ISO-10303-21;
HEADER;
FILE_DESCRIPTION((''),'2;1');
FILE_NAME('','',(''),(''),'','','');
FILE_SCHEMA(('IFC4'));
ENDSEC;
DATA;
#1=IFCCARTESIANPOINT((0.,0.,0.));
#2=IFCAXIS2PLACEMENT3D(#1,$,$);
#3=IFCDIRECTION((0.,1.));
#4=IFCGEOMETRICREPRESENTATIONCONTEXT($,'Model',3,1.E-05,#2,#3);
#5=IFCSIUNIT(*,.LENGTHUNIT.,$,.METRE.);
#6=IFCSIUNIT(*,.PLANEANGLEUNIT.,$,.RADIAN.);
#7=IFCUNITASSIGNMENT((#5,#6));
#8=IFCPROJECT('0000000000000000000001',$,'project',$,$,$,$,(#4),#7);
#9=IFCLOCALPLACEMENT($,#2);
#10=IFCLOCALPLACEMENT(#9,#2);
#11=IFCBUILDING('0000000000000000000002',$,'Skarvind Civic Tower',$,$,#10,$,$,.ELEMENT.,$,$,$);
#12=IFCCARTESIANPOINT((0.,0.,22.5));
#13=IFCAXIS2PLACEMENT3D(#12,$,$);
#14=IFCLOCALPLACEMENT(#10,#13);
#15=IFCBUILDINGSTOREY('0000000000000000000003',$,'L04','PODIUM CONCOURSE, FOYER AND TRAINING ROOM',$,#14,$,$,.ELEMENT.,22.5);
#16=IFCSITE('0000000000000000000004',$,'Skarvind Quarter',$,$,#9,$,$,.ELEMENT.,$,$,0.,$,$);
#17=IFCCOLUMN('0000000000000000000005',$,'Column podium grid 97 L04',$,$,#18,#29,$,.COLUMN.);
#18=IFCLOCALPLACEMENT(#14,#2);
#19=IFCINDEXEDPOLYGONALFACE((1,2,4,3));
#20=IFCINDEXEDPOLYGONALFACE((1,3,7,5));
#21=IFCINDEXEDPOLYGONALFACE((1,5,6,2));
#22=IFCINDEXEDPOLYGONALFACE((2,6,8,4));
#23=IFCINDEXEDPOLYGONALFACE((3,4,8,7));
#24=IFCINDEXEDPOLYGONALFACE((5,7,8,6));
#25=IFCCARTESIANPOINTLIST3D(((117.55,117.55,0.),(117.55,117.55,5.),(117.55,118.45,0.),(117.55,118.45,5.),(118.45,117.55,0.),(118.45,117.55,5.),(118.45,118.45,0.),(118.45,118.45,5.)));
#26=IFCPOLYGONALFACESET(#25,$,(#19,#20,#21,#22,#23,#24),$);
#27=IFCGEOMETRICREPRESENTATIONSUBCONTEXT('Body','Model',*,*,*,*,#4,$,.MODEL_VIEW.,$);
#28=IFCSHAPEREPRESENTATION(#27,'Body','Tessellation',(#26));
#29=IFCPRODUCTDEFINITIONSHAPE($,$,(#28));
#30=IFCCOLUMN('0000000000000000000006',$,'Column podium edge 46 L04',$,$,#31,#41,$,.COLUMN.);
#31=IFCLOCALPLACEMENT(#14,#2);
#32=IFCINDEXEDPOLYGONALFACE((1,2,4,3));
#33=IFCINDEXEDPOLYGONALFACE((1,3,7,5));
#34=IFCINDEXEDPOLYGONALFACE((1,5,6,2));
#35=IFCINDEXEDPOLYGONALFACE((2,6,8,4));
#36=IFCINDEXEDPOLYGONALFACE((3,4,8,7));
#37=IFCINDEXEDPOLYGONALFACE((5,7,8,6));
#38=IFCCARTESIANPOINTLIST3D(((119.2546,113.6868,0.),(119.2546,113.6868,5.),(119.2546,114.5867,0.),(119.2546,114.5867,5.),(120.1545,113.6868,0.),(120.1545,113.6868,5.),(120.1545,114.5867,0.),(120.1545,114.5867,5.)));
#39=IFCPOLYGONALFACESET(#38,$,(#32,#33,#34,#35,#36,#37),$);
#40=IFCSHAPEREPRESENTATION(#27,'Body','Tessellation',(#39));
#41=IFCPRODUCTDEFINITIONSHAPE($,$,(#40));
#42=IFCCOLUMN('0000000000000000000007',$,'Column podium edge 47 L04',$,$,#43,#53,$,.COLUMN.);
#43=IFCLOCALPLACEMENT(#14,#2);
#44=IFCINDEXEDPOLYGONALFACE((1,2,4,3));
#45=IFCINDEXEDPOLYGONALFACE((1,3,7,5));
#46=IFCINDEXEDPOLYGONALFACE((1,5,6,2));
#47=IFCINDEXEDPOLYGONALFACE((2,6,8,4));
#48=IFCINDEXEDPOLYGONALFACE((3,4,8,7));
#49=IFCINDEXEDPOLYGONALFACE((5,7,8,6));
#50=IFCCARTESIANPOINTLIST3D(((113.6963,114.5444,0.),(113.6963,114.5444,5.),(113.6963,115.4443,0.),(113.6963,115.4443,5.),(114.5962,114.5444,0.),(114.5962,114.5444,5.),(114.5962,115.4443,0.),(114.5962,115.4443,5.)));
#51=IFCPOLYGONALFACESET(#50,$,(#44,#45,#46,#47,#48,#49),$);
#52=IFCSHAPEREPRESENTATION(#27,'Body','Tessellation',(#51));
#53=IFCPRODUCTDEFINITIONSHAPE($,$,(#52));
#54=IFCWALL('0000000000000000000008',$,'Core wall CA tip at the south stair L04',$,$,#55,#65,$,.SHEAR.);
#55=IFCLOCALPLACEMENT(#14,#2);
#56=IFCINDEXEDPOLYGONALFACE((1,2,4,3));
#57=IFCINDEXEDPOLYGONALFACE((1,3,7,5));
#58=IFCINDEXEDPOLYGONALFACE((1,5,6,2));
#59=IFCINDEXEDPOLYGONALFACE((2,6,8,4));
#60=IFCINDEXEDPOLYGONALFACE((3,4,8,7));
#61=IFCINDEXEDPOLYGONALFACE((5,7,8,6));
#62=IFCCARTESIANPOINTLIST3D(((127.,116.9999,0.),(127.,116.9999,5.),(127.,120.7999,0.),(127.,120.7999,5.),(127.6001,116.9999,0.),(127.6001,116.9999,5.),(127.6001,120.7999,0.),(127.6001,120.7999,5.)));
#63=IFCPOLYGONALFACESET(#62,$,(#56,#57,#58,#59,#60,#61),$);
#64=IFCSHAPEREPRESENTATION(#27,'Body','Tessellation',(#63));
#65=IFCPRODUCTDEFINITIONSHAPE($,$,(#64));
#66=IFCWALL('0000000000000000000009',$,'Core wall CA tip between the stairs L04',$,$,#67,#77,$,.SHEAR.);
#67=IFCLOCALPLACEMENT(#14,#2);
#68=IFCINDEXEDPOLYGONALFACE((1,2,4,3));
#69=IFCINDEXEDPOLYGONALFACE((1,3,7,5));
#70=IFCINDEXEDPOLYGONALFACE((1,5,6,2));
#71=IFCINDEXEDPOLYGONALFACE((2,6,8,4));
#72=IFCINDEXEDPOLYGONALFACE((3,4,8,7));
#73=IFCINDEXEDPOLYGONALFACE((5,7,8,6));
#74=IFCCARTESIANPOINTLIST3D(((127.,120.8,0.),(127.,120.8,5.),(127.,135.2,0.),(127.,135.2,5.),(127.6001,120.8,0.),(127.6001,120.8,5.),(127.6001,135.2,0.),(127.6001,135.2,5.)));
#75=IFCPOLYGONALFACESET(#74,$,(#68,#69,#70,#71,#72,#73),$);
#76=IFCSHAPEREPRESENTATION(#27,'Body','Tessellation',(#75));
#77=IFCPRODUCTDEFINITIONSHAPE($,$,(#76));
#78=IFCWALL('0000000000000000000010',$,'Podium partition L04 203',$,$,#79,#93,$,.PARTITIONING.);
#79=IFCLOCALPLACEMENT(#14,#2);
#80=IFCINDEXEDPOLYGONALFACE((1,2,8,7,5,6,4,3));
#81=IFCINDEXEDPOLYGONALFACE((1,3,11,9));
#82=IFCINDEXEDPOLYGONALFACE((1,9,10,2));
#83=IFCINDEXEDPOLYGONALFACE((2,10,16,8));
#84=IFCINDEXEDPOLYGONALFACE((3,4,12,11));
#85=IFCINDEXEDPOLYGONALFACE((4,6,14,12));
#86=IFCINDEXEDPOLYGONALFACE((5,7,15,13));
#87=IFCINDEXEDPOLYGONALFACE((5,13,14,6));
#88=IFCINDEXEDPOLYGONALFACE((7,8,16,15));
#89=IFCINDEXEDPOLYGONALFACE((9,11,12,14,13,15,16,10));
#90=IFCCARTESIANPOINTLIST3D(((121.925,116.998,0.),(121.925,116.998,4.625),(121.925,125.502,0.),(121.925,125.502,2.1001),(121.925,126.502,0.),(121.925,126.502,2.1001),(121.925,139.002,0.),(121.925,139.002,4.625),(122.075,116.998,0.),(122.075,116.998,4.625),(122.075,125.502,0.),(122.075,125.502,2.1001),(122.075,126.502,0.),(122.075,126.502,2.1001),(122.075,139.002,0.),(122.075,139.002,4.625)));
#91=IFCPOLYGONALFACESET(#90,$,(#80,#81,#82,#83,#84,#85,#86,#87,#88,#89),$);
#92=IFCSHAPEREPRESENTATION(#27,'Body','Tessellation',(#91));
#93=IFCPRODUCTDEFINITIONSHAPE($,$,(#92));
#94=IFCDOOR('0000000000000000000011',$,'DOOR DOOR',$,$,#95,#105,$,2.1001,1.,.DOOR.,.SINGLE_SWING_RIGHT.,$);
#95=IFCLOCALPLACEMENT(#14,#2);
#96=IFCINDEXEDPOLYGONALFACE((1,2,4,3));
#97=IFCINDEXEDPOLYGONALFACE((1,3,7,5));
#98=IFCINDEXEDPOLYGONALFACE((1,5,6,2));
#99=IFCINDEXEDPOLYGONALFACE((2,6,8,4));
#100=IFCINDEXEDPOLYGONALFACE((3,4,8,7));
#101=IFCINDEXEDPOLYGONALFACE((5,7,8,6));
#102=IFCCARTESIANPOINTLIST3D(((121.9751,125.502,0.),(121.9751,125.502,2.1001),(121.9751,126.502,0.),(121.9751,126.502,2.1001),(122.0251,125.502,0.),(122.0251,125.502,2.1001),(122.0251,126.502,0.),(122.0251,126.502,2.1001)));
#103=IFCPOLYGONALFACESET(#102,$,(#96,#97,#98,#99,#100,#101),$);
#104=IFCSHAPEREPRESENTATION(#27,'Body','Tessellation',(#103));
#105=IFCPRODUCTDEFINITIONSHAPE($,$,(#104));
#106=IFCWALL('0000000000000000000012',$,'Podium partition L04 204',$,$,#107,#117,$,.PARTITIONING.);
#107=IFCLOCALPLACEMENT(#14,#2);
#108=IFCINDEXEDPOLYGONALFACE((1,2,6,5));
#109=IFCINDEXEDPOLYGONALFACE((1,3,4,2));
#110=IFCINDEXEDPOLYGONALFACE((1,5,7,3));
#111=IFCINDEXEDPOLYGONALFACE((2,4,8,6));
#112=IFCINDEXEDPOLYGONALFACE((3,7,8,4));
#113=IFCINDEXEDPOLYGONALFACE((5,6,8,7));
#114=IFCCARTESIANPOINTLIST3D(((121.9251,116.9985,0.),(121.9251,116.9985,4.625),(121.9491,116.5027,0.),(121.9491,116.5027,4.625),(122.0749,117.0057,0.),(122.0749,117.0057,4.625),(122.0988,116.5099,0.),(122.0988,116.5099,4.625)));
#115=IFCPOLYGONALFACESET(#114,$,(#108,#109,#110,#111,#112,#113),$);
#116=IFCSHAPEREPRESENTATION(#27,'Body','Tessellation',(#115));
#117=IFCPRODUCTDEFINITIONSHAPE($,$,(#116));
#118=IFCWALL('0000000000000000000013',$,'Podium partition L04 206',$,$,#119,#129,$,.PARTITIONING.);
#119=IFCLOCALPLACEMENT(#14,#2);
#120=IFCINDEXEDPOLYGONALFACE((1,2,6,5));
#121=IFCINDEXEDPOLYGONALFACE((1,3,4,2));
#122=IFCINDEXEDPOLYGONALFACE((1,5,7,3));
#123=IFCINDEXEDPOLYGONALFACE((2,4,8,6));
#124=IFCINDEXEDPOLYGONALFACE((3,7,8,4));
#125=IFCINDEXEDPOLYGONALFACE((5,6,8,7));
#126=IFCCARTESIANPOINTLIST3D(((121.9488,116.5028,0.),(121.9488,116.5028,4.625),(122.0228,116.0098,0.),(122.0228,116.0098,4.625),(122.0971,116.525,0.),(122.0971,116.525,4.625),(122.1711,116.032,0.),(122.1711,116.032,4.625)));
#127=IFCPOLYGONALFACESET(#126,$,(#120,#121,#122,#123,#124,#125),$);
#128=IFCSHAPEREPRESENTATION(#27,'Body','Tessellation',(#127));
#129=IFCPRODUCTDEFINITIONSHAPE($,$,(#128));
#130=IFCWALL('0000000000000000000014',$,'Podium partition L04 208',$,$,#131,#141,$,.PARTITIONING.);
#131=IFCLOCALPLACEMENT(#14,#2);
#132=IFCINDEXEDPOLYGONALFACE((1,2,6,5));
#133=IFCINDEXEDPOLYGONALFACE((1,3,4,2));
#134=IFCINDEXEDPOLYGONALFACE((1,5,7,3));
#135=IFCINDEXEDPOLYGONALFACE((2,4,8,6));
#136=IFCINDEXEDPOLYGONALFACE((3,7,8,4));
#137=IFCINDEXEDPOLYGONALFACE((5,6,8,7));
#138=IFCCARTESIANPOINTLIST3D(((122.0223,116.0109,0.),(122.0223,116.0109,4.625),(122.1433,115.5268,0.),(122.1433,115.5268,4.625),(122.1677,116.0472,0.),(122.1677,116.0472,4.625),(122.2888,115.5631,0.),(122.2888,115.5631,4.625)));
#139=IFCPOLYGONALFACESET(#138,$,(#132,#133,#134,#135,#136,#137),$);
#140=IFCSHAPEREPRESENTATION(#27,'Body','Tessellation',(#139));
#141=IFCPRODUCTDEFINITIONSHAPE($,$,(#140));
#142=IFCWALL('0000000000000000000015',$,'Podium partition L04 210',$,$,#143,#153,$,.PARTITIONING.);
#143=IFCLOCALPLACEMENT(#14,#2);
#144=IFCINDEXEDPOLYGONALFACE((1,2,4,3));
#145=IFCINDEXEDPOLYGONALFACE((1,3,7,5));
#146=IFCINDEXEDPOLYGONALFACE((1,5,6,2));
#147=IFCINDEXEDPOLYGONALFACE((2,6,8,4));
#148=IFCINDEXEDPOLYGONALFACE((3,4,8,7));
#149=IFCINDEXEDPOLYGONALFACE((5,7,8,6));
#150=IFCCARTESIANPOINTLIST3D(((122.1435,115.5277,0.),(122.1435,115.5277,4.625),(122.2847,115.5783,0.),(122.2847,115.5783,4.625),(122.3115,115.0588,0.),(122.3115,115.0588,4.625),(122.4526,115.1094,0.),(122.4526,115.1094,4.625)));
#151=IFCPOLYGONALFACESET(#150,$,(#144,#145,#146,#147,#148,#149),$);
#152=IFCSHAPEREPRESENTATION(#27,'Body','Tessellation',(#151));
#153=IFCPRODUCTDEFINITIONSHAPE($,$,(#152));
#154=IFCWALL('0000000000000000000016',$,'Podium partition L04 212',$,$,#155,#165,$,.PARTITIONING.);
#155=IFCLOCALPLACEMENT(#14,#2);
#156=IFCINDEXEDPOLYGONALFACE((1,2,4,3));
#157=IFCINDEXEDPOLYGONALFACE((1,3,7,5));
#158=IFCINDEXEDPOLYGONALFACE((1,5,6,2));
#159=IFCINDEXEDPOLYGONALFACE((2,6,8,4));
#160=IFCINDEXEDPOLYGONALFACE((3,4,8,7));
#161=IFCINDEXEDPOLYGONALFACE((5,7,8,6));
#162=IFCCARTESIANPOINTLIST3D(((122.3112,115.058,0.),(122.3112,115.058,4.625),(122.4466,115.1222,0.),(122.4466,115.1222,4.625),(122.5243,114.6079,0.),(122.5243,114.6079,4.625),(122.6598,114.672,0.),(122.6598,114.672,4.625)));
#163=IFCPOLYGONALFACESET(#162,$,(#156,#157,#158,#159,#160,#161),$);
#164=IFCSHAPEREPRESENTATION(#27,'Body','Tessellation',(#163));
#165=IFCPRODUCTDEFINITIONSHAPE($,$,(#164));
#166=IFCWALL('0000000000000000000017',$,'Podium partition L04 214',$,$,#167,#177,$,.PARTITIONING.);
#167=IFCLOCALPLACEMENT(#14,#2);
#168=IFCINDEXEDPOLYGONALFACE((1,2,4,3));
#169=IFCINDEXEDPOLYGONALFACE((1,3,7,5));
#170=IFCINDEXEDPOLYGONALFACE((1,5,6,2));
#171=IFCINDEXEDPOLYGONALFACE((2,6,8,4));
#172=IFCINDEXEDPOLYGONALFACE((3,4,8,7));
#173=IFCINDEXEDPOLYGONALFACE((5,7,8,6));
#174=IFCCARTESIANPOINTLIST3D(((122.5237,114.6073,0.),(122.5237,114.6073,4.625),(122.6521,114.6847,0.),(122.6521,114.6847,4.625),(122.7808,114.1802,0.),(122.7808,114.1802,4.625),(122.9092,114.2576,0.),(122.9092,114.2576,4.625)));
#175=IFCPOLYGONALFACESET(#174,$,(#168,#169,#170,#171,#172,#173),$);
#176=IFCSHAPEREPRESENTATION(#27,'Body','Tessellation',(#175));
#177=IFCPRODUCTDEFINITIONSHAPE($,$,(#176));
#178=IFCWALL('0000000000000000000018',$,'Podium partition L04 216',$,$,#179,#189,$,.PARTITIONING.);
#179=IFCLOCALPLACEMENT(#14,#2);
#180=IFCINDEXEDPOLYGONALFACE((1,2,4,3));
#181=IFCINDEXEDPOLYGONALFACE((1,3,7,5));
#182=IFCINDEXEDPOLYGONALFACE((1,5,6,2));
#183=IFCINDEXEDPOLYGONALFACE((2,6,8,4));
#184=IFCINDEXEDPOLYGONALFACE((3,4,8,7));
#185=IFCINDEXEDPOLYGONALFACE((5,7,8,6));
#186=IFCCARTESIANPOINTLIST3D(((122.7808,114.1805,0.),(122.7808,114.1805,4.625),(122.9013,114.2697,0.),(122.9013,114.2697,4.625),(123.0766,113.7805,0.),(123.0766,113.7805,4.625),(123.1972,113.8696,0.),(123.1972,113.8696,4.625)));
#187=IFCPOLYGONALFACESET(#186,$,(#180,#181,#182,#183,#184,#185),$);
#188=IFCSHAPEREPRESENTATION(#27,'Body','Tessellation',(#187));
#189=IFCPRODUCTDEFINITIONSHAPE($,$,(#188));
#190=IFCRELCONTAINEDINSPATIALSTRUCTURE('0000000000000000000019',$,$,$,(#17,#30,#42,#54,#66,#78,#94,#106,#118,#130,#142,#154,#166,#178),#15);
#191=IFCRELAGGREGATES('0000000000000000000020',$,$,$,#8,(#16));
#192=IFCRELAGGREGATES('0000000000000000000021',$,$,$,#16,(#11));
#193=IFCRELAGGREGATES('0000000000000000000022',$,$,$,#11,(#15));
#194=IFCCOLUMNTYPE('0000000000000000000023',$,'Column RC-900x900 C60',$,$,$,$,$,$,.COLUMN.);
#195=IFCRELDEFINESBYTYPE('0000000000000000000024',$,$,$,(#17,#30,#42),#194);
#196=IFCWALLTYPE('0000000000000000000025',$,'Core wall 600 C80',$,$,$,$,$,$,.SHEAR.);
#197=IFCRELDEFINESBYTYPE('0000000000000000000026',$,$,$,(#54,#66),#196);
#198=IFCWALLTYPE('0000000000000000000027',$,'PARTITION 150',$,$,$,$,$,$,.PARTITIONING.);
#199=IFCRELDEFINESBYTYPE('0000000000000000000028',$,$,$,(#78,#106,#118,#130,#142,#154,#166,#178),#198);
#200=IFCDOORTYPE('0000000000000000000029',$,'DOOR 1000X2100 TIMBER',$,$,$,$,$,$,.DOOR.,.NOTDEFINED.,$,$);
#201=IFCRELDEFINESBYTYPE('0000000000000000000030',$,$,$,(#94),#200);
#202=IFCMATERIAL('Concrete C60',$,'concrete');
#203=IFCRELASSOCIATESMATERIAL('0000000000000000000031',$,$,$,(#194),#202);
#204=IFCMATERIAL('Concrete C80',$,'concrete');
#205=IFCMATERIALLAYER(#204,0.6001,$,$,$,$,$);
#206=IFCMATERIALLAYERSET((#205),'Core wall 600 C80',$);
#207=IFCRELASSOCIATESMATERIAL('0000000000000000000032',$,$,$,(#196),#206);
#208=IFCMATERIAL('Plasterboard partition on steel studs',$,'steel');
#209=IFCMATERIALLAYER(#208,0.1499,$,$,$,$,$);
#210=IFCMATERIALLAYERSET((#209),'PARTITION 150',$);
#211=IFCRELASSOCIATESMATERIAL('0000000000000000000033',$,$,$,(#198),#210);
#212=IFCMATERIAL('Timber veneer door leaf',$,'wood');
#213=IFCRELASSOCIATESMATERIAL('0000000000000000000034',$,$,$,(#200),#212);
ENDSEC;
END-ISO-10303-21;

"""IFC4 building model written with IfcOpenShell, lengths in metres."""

from ifc_helpers import new_model, si_unit, direction, frame, frame_2d, origin, origin_2d, place, context, subcontext, project, spatial, rectangle, extrude, material, layer, layer_set, material_profile, profile_set, type_object, element, fill, save


model = new_model("IFC4")

# Units and contexts
model_context = context("Model", 3, precision=1e-05, world=origin(), true_north=direction((0.0, 1.0)))
body_context = subcontext(model_context, "Body", "Model", "MODEL_VIEW")
ifc_project = project(units=[si_unit("LENGTHUNIT", "METRE"), si_unit("PLANEANGLEUNIT", "RADIAN")], contexts=[model_context])

# Site, building, storey
site_placement = place(None, origin())
site = spatial("IfcSite", under=ifc_project, at=site_placement, Name="Skarvind Quarter", CompositionType="ELEMENT", RefElevation=0.0)
building_placement = place(site_placement, origin())
building = spatial("IfcBuilding", under=site, at=building_placement, Name="Skarvind Civic Tower", CompositionType="ELEMENT")
storey_placement = place(building_placement, frame((0.0, 0.0, 22.5)))
storey = spatial("IfcBuildingStorey", under=building, at=storey_placement, Name="L04", Description="PODIUM CONCOURSE, FOYER AND TRAINING ROOM", CompositionType="ELEMENT", Elevation=22.5)

# Columns
ifc_material_1 = material(Name="Concrete C60", Category="concrete")
ifc_material_profile = material_profile(ifc_material_1, rectangle(XDim=0.8999, YDim=0.8999, at=origin_2d()), Name="RC-900x900")
ifc_profile_set = profile_set([ifc_material_profile], Name="Concrete C60")
column_type = type_object("IfcColumnType", Name="Column RC-900x900 C60", PredefinedType="COLUMN", material=ifc_profile_set)
for number, where, z_axis, x_axis, name in (
    (1, (118.0, 118.0, 0.0), (0.0, 0.0, 1.0), (1.0, 0.0, 0.0), "Column podium grid 97 L04"),
    (2, (119.7046, 114.1367, 0.0), (0.0, 0.0, 1.0), (1.0, 0.0, 0.0), "Column podium edge 46 L04"),
    (3, (114.1462, 114.9944, 0.0), (0.0, 0.0, 1.0), (1.0, 0.0, 0.0), "Column podium edge 47 L04"),
):
    element("IfcColumn", number, at=place(storey_placement, frame(where, z_axis=z_axis, x_axis=x_axis)), inside=storey, type_object=column_type, Name=name, PredefinedType="COLUMN", context=body_context, shape_type="SweptSolid", body=[
        extrude(rectangle(XDim=0.8999, YDim=0.8999, at=origin_2d()), origin(), (0.0, 0.0, 1.0), 5.0),
    ])

# Walls
ifc_material_2 = material(Name="Concrete C80", Category="concrete")
ifc_layer_1 = layer(ifc_material_2, 0.6001)
ifc_layer_set_1 = layer_set([ifc_layer_1], Name="Core wall 600 C80")
wall_type_1 = type_object("IfcWallType", Name="Core wall 600 C80", PredefinedType="SHEAR", material=ifc_layer_set_1)
wall_1_placement = place(storey_placement, frame((127.3, 117.0, 0.0), z_axis=(0.0, 0.0, 1.0), x_axis=(0.0, 1.0, 0.0)))
element("IfcWall", 4, at=wall_1_placement, inside=storey, type_object=wall_type_1, Name="Core wall CA tip at the south stair L04", PredefinedType="SHEAR", context=body_context, shape_type="SweptSolid", body=[
    extrude(rectangle(XDim=3.8, YDim=0.6001, at=frame_2d((1.8999, 0.0))), origin(), (0.0, 0.0, 1.0), 5.0),
])
wall_2_placement = place(storey_placement, frame((127.3, 120.8, 0.0), z_axis=(0.0, 0.0, 1.0), x_axis=(0.0, 1.0, 0.0)))
element("IfcWall", 5, at=wall_2_placement, inside=storey, type_object=wall_type_1, Name="Core wall CA tip between the stairs L04", PredefinedType="SHEAR", context=body_context, shape_type="SweptSolid", body=[
    extrude(rectangle(XDim=14.3999, YDim=0.6001, at=frame_2d((7.2, 0.0))), origin(), (0.0, 0.0, 1.0), 5.0),
])

# Wall, opening, door
ifc_material_3 = material(Name="Plasterboard partition on steel studs", Category="steel")
ifc_layer_2 = layer(ifc_material_3, 0.1499)
ifc_layer_set_2 = layer_set([ifc_layer_2], Name="PARTITION 150")
wall_type_2 = type_object("IfcWallType", Name="PARTITION 150", PredefinedType="PARTITIONING", material=ifc_layer_set_2)
wall_3_placement = place(storey_placement, frame((122.0, 116.998, 0.0), z_axis=(0.0, 0.0, 1.0), x_axis=(0.0, 1.0, 0.0)))
wall_3 = element("IfcWall", 6, at=wall_3_placement, inside=storey, type_object=wall_type_2, Name="Podium partition L04 203", PredefinedType="PARTITIONING", context=body_context, shape_type="SweptSolid", body=[
    extrude(rectangle(XDim=22.0039, YDim=0.1499, at=frame_2d((11.002, 0.0))), origin(), (0.0, 0.0, 1.0), 4.625),
])
opening_placement = place(wall_3_placement, frame((8.5039, 0.0, 0.0)))
opening = element("IfcOpeningElement", 7, at=opening_placement, cuts=wall_3, PredefinedType="OPENING", context=body_context, shape_type="SweptSolid", body=[
    extrude(rectangle(XDim=1.0, YDim=2.1001, at=frame_2d((0.5, 1.05))), frame((0.0, 0.085, 0.0), z_axis=(0.0, -1.0, 0.0), x_axis=(1.0, 0.0, 0.0)), (0.0, 0.0, 1.0), 0.1699),
])
ifc_material_4 = material(Name="Timber veneer door leaf", Category="wood")
door_type = type_object("IfcDoorType", Name="DOOR 1000X2100 TIMBER", OperationType="NOTDEFINED", PredefinedType="DOOR", material=ifc_material_4)
door_placement = place(opening_placement, origin())
door = element("IfcDoor", 8, at=door_placement, inside=storey, type_object=door_type, Name="DOOR DOOR", OperationType="SINGLE_SWING_RIGHT", OverallHeight=2.1001, OverallWidth=1.0, PredefinedType="DOOR", context=body_context, shape_type="SweptSolid", body=[
    extrude(rectangle(XDim=1.0, YDim=2.1001, at=frame_2d((0.5, 1.05))), frame((0.0, 0.0249, 0.0), z_axis=(0.0, -1.0, 0.0), x_axis=(1.0, 0.0, 0.0)), (0.0, 0.0, 1.0), 0.05),
])
fill(opening, door)

# Walls
wall_4_placement = place(storey_placement, frame((122.0, 117.002, 0.0), z_axis=(0.0, 0.0, 1.0), x_axis=(0.048196, -0.998838, 0.0)))
element("IfcWall", 9, at=wall_4_placement, inside=storey, type_object=wall_type_2, Name="Podium partition L04 204", PredefinedType="PARTITIONING", context=body_context, shape_type="SweptSolid", body=[
    extrude(rectangle(XDim=0.4963, YDim=0.1499, at=frame_2d((0.248, 0.0))), origin(), (0.0, 0.0, 1.0), 4.625),
])
wall_5_placement = place(storey_placement, frame((122.0229, 116.5139, 0.0), z_axis=(0.0, 0.0, 1.0), x_axis=(0.148412, -0.988926, 0.0)))
element("IfcWall", 10, at=wall_5_placement, inside=storey, type_object=wall_type_2, Name="Podium partition L04 206", PredefinedType="PARTITIONING", context=body_context, shape_type="SweptSolid", body=[
    extrude(rectangle(XDim=0.4985, YDim=0.1499, at=frame_2d((0.2493, 0.0))), origin(), (0.0, 0.0, 1.0), 4.625),
])
wall_6_placement = place(storey_placement, frame((122.095, 116.0291, 0.0), z_axis=(0.0, 0.0, 1.0), x_axis=(0.242651, -0.970114, 0.0)))
element("IfcWall", 11, at=wall_6_placement, inside=storey, type_object=wall_type_2, Name="Podium partition L04 208", PredefinedType="PARTITIONING", context=body_context, shape_type="SweptSolid", body=[
    extrude(rectangle(XDim=0.499, YDim=0.1499, at=frame_2d((0.2495, 0.0))), origin(), (0.0, 0.0, 1.0), 4.625),
])
for number, where, z_axis, x_axis, name in (
    (12, (122.2141, 115.553, 0.0), (0.0, 0.0, 1.0), (0.337174, -0.941442, 0.0), "Podium partition L04 210"),
    (13, (122.3789, 115.0901, 0.0), (0.0, 0.0, 1.0), (0.427897, -0.903828, 0.0), "Podium partition L04 212"),
):
    element("IfcWall", number, at=place(storey_placement, frame(where, z_axis=z_axis, x_axis=x_axis)), inside=storey, type_object=wall_type_2, Name=name, PredefinedType="PARTITIONING", context=body_context, shape_type="SweptSolid", body=[
        extrude(rectangle(XDim=0.498, YDim=0.1499, at=frame_2d((0.249, 0.0))), origin(), (0.0, 0.0, 1.0), 4.625),
    ])
wall_7_placement = place(storey_placement, frame((122.5879, 114.646, 0.0), z_axis=(0.0, 0.0, 1.0), x_axis=(0.515792, -0.856714, 0.0)))
element("IfcWall", 14, at=wall_7_placement, inside=storey, type_object=wall_type_2, Name="Podium partition L04 214", PredefinedType="PARTITIONING", context=body_context, shape_type="SweptSolid", body=[
    extrude(rectangle(XDim=0.4985, YDim=0.1499, at=frame_2d((0.2493, 0.0))), origin(), (0.0, 0.0, 1.0), 4.625),
])
wall_8_placement = place(storey_placement, frame((122.8411, 114.2251, 0.0), z_axis=(0.0, 0.0, 1.0), x_axis=(0.59457, -0.804044, 0.0)))
element("IfcWall", 15, at=wall_8_placement, inside=storey, type_object=wall_type_2, Name="Podium partition L04 216", PredefinedType="PARTITIONING", context=body_context, shape_type="SweptSolid", body=[
    extrude(rectangle(XDim=0.4976, YDim=0.1499, at=frame_2d((0.2488, 0.0))), origin(), (0.0, 0.0, 1.0), 4.625),
])

save(model, "model.ifc")
